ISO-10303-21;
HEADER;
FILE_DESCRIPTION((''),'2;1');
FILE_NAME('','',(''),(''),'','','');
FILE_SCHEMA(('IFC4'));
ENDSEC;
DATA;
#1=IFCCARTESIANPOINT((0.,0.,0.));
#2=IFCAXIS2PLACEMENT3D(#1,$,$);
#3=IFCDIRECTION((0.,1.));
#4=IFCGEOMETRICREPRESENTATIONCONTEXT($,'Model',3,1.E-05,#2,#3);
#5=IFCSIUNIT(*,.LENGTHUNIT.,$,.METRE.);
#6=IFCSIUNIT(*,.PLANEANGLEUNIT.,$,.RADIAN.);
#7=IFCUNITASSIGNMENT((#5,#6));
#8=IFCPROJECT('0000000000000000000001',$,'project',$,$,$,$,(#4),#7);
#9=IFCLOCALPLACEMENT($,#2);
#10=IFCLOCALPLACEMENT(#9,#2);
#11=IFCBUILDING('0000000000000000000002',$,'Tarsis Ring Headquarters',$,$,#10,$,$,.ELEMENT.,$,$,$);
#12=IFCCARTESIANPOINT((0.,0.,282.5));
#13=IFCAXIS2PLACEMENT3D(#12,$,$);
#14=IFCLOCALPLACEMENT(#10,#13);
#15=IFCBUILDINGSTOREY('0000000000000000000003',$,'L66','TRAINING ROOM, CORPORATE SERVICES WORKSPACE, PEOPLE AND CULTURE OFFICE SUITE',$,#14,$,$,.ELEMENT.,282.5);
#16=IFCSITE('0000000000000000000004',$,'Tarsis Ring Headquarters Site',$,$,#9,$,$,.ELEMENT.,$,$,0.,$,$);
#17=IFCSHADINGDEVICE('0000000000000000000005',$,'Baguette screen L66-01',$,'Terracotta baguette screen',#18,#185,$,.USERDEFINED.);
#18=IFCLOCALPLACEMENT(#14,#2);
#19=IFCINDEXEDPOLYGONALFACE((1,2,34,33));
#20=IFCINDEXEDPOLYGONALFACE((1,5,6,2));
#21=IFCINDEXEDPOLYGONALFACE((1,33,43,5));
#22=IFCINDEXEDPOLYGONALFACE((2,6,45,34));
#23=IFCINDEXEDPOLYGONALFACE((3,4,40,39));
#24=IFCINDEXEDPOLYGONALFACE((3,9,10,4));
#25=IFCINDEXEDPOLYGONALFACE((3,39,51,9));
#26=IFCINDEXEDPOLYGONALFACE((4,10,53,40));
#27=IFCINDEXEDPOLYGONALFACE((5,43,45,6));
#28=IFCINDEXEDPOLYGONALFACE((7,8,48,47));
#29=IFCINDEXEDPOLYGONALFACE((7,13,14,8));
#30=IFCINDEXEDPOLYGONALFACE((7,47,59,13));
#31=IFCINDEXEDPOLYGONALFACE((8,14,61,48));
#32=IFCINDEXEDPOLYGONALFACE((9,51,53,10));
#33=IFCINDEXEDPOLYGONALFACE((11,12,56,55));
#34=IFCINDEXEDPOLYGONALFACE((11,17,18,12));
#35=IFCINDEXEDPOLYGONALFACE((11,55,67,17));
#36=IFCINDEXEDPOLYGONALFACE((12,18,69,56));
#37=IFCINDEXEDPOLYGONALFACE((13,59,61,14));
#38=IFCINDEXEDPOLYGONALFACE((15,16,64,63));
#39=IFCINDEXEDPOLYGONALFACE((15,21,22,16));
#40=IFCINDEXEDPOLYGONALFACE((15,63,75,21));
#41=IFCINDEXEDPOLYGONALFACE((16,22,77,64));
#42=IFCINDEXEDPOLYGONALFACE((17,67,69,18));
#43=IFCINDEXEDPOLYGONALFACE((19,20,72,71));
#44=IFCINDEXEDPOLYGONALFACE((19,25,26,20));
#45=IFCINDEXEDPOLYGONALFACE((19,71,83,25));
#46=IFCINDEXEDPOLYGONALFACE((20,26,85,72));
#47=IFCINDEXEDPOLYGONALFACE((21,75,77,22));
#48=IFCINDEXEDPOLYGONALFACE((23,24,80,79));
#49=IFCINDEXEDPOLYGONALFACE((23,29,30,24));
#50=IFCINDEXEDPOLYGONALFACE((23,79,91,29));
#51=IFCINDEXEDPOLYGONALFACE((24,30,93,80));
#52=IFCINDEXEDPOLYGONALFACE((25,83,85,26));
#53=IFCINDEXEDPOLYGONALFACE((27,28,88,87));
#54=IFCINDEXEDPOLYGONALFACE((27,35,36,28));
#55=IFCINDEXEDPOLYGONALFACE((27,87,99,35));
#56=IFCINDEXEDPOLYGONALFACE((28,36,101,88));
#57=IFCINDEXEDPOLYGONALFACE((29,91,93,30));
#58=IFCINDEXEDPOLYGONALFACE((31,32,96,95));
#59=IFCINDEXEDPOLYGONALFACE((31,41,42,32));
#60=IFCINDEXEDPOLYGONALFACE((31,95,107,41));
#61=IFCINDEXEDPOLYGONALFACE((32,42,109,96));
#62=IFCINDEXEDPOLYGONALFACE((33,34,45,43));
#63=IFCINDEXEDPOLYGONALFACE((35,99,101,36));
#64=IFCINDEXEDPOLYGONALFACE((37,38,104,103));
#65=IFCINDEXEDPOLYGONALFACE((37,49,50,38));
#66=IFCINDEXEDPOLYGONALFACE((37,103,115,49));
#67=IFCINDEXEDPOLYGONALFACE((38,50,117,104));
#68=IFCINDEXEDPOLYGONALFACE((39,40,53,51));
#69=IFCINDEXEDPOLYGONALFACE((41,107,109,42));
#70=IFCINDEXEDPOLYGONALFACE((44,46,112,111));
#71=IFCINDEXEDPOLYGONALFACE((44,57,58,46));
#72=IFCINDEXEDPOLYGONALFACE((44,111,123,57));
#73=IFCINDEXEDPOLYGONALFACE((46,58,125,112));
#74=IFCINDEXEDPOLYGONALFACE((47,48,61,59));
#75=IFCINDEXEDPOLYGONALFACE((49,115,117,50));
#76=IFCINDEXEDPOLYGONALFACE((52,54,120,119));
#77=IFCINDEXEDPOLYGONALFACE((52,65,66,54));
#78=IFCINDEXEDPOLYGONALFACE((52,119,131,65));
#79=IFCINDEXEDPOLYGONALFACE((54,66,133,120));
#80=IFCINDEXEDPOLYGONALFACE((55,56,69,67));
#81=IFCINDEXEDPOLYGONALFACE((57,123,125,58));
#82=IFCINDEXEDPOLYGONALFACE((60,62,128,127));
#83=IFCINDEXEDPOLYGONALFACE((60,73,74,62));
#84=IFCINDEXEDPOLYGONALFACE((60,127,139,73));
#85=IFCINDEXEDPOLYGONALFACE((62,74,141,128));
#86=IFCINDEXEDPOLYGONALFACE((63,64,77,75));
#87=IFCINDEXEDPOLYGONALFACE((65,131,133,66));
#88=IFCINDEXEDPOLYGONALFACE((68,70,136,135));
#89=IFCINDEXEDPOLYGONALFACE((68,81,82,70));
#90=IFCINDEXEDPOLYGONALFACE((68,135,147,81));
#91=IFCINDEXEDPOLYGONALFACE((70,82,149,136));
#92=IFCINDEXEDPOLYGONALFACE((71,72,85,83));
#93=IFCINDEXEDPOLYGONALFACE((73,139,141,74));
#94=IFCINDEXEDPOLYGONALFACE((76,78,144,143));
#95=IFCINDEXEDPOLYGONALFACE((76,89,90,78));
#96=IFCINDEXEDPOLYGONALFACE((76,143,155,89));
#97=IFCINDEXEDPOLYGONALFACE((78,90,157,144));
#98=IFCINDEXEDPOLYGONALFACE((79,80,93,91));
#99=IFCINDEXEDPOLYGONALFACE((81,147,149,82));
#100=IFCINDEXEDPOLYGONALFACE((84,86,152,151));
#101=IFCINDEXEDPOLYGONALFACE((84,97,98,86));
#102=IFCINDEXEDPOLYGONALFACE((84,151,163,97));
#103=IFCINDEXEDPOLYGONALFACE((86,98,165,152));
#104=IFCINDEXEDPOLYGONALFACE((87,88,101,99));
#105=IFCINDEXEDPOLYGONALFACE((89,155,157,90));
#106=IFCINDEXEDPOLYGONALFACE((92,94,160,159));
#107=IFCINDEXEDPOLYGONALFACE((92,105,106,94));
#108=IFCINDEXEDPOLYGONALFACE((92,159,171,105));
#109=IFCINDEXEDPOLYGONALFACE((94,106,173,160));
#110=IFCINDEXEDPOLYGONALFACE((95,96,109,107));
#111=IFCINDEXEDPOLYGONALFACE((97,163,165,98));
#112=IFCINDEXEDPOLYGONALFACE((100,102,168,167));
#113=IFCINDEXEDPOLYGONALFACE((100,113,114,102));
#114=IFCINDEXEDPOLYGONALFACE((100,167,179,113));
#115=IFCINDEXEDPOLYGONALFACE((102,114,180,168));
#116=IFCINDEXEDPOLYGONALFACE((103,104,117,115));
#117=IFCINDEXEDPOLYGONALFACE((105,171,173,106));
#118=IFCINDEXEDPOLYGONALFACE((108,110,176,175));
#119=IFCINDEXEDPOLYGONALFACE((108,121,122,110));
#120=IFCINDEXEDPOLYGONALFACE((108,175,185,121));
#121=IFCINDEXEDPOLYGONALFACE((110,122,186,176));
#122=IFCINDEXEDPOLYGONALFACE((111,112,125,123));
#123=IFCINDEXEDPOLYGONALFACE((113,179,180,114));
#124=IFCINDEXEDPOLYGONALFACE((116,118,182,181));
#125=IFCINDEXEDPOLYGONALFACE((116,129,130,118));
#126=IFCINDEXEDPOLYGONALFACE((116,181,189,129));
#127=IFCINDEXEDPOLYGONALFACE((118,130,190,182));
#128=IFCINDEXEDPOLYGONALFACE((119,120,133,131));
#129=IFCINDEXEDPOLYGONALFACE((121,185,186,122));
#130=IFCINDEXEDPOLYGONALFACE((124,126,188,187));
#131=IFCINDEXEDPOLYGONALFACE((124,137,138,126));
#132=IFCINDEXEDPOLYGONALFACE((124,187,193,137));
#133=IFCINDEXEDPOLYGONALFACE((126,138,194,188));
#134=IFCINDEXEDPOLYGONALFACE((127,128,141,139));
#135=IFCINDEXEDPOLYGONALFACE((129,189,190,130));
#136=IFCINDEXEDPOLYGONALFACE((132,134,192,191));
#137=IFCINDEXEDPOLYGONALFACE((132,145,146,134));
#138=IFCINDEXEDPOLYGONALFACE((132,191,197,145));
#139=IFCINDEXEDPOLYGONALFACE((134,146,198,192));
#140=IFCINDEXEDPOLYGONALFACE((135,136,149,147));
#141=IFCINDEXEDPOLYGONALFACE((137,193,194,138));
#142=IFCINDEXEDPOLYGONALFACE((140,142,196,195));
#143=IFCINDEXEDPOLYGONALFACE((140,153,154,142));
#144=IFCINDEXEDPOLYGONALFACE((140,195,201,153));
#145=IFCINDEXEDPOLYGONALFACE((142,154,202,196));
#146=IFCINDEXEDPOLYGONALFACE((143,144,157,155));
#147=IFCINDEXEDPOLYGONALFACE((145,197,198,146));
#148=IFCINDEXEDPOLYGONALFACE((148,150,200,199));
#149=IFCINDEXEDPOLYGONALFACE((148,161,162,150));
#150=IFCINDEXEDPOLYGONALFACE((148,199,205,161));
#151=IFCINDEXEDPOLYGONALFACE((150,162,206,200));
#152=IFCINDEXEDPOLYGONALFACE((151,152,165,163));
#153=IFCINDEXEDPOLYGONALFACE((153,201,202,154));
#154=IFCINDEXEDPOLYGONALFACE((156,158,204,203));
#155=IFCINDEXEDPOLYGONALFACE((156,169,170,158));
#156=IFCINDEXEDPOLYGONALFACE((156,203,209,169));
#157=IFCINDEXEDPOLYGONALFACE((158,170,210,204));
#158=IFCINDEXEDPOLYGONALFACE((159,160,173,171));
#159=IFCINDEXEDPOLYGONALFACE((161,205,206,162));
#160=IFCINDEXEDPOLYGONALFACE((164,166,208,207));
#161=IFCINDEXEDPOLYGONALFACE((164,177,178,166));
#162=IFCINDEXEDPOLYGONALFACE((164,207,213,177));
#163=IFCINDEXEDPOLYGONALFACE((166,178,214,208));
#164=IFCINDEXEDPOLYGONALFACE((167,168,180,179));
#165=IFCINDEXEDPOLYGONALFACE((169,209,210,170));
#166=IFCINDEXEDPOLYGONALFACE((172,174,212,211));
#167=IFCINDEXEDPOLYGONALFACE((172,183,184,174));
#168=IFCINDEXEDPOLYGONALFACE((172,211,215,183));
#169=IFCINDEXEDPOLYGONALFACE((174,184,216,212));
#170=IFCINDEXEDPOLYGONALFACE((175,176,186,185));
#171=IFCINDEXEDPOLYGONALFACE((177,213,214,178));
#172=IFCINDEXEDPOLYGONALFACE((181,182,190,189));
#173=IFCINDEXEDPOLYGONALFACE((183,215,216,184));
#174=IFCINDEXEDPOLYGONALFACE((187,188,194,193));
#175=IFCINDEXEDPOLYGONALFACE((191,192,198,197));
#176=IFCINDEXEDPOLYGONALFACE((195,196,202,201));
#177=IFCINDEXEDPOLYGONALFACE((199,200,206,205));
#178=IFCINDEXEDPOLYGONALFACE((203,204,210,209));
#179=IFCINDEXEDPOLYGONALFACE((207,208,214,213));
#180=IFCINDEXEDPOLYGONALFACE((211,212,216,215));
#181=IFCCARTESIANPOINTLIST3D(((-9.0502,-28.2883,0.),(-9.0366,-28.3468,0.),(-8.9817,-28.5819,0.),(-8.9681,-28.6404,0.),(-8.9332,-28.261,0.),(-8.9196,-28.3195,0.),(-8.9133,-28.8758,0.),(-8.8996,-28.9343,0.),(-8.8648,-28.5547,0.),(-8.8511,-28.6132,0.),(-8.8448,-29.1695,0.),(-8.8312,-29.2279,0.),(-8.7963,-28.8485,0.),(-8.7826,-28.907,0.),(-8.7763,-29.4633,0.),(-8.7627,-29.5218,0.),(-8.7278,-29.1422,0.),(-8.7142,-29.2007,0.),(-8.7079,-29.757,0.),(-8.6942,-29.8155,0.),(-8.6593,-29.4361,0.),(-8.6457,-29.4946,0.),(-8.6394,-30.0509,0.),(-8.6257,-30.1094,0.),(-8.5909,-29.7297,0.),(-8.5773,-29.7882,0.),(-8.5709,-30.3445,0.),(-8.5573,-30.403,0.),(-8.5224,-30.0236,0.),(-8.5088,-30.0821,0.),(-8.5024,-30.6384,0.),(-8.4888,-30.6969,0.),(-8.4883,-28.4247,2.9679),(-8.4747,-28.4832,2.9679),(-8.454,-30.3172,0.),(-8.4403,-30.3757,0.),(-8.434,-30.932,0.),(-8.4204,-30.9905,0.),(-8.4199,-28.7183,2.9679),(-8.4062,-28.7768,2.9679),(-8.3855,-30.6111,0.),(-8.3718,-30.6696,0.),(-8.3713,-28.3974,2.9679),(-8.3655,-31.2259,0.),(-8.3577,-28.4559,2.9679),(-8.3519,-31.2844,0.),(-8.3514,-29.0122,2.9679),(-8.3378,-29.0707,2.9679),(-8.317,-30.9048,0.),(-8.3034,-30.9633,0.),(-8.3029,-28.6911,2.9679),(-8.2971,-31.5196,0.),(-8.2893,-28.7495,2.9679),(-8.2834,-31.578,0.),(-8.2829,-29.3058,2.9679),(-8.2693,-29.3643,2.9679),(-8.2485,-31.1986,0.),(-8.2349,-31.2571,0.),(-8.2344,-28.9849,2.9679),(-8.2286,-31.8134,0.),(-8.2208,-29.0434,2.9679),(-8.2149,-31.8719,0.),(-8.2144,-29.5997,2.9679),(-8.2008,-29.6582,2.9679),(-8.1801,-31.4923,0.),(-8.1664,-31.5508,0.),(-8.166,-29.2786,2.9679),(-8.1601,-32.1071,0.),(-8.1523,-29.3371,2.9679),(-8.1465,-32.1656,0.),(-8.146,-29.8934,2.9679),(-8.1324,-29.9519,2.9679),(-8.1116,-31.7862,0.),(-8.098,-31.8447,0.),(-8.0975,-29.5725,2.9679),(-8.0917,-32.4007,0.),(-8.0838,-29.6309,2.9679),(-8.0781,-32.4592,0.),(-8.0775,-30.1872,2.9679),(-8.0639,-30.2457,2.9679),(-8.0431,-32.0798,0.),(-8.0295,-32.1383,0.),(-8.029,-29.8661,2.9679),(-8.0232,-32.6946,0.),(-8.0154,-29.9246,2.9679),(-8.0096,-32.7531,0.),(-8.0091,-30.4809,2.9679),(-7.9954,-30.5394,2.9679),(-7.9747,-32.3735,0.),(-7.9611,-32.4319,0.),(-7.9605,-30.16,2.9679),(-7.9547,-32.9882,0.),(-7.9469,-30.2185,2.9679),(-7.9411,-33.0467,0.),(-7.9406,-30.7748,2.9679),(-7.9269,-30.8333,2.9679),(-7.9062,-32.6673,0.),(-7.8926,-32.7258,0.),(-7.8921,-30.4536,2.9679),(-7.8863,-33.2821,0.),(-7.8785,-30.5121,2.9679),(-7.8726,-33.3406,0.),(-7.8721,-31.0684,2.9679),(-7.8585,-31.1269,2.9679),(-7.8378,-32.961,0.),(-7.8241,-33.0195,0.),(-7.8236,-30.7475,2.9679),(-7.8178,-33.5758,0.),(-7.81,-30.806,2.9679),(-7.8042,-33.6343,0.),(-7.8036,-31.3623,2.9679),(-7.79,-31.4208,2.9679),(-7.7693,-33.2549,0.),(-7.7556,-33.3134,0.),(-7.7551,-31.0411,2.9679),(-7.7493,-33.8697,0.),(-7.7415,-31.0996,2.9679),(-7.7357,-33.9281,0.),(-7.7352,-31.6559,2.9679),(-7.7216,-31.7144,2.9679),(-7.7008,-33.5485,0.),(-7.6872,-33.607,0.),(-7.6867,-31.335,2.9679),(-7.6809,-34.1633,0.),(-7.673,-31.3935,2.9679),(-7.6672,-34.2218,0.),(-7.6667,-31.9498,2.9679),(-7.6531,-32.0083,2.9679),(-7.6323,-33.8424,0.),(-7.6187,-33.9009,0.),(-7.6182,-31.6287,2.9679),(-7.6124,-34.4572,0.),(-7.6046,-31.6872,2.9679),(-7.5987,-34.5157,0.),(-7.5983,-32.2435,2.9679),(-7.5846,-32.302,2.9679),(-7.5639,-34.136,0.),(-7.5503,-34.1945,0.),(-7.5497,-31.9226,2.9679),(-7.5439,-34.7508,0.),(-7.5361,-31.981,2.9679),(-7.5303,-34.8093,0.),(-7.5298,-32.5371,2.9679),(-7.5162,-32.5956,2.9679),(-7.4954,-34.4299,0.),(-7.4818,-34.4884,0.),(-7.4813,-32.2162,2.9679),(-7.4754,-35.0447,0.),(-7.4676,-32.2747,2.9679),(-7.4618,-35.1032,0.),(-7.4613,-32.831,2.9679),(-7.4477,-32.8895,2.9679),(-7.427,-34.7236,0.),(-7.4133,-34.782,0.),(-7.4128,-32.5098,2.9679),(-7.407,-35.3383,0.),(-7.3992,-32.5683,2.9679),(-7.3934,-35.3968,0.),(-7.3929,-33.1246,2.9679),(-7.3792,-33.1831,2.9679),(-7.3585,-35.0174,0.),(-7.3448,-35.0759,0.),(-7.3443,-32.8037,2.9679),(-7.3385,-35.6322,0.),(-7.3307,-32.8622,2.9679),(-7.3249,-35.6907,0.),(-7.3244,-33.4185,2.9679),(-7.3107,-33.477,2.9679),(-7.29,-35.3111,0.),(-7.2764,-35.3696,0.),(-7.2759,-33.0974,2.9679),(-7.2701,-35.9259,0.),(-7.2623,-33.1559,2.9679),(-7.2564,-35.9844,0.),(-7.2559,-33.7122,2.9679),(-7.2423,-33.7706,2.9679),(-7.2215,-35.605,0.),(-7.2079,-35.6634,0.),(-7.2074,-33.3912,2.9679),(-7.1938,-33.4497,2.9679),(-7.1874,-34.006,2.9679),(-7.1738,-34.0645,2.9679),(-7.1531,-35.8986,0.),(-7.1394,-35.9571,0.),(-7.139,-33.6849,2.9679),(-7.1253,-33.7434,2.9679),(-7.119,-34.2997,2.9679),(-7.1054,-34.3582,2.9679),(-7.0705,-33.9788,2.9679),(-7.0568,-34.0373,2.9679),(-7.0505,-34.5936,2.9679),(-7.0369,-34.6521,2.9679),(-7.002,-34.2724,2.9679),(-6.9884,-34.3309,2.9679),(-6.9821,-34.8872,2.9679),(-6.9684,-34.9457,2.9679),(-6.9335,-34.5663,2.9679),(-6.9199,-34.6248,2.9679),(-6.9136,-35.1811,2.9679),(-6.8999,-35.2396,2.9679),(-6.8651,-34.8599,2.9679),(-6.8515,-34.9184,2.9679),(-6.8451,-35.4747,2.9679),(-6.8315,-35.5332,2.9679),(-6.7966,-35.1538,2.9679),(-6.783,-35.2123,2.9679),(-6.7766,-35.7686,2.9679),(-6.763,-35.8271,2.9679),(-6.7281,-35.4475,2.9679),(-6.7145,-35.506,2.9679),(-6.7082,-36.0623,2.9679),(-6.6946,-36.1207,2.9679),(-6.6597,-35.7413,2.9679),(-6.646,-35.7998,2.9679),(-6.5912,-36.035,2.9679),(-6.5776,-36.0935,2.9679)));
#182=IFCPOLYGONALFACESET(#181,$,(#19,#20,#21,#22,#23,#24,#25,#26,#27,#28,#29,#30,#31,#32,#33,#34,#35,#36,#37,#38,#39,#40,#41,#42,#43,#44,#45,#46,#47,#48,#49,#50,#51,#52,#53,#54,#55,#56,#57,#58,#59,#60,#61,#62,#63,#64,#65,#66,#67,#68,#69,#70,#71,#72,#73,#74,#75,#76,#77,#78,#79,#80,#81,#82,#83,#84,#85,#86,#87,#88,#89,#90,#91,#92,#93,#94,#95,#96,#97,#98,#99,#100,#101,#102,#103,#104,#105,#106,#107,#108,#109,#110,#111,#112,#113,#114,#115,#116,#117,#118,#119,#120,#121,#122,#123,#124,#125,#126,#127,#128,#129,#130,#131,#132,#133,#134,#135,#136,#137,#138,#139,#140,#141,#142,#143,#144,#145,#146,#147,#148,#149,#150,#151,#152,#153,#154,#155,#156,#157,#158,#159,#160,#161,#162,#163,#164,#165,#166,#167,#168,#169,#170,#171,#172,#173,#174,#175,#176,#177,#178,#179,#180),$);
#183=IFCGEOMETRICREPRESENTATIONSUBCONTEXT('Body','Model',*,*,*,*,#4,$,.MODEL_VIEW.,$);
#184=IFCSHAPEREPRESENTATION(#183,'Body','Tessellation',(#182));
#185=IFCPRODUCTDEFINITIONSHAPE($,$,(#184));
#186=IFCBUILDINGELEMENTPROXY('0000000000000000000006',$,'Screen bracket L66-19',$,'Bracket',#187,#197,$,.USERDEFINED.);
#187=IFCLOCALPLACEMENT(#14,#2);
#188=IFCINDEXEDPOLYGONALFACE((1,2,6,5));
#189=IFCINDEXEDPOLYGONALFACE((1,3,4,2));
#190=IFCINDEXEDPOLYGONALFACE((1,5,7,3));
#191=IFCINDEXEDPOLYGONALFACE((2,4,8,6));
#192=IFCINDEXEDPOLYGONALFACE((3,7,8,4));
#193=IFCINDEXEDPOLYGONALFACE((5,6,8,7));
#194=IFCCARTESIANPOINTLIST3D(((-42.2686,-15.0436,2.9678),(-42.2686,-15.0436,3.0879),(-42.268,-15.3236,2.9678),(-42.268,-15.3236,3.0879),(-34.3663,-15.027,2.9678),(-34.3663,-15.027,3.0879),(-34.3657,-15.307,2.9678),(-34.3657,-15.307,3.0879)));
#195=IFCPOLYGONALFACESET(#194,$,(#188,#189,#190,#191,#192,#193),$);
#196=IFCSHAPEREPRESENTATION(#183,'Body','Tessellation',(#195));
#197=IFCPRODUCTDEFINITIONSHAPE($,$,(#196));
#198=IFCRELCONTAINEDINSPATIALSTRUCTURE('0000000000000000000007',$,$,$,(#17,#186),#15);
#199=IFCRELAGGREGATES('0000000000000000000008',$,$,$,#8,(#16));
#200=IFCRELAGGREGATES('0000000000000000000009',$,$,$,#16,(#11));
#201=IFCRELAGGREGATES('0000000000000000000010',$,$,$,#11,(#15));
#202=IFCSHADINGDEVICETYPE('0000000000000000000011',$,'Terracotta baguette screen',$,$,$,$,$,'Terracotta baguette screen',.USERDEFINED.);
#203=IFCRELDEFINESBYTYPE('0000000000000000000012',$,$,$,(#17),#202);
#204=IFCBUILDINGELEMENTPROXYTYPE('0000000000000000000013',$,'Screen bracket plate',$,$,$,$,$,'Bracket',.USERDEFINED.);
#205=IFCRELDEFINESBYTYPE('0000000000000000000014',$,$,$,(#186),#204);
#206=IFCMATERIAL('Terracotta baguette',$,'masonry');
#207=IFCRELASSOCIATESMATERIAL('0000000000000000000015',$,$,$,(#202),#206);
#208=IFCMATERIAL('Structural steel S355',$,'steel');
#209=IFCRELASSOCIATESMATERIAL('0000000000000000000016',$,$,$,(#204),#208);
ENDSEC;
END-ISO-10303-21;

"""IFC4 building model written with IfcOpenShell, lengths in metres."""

from ifc_helpers import new_model, si_unit, direction, frame, frame_2d, origin, origin_2d, place, context, subcontext, project, spatial, rectangle, composite_profile, extrude, material, type_object, element, save


model = new_model("IFC4")

# Units and contexts
model_context = context("Model", 3, precision=1e-05, world=origin(), true_north=direction((0.0, 1.0)))
body_context = subcontext(model_context, "Body", "Model", "MODEL_VIEW")
ifc_project = project(units=[si_unit("LENGTHUNIT", "METRE"), si_unit("PLANEANGLEUNIT", "RADIAN")], contexts=[model_context])

# Site, building, storey
site_placement = place(None, origin())
site = spatial("IfcSite", under=ifc_project, at=site_placement, Name="Tarsis Ring Headquarters Site", CompositionType="ELEMENT", RefElevation=0.0)
building_placement = place(site_placement, origin())
building = spatial("IfcBuilding", under=site, at=building_placement, Name="Tarsis Ring Headquarters", CompositionType="ELEMENT")
storey_placement = place(building_placement, frame((0.0, 0.0, 282.5)))
storey = spatial("IfcBuildingStorey", under=building, at=storey_placement, Name="L66", Description="TRAINING ROOM, CORPORATE SERVICES WORKSPACE, PEOPLE AND CULTURE OFFICE SUITE", CompositionType="ELEMENT", Elevation=282.5)

# Shared definitions
ifc_material_1 = material(Name="Structural steel S355", Category="steel")

# Shading device
ifc_material_2 = material(Name="Terracotta baguette", Category="masonry")
shading_device_type = type_object("IfcShadingDeviceType", Name="Terracotta baguette screen", ElementType="Terracotta baguette screen", PredefinedType="USERDEFINED", material=ifc_material_2)
shading_device_1_placement = place(storey_placement, frame((-8.9917, -28.2747, 0.0), z_axis=(0.0, 0.0, 1.0), x_axis=(0.22699, -0.973893, 0.0)))
element("IfcShadingDevice", 1, at=shading_device_1_placement, inside=storey, type_object=shading_device_type, Name="Baguette screen L66-01", ObjectType="Terracotta baguette screen", PredefinedType="USERDEFINED", context=body_context, shape_type="SweptSolid", body=[
    extrude(composite_profile([rectangle(XDim=0.0601, YDim=0.1201, at=frame_2d((0.03, 0.0))), rectangle(XDim=0.0601, YDim=0.1201, at=frame_2d((0.3315, 0.0))), rectangle(XDim=0.0601, YDim=0.1201, at=frame_2d((0.6333, 0.0))), rectangle(XDim=0.0601, YDim=0.1201, at=frame_2d((0.9348, 0.0))), rectangle(XDim=0.0601, YDim=0.1201, at=frame_2d((1.2366, 0.0))), rectangle(XDim=0.0601, YDim=0.1201, at=frame_2d((1.5381, 0.0))), rectangle(XDim=0.0601, YDim=0.1201, at=frame_2d((1.8398, 0.0))), rectangle(XDim=0.0601, YDim=0.1201, at=frame_2d((2.1414, 0.0))), rectangle(XDim=0.0601, YDim=0.1201, at=frame_2d((2.4431, 0.0))), rectangle(XDim=0.0601, YDim=0.1201, at=frame_2d((2.7446, 0.0))), rectangle(XDim=0.0601, YDim=0.1201, at=frame_2d((3.0464, 0.0))), rectangle(XDim=0.0601, YDim=0.1201, at=frame_2d((3.3479, 0.0))), rectangle(XDim=0.0601, YDim=0.1201, at=frame_2d((3.6497, 0.0))), rectangle(XDim=0.0601, YDim=0.1201, at=frame_2d((3.9512, 0.0))), rectangle(XDim=0.0601, YDim=0.1201, at=frame_2d((4.2527, 0.0))), rectangle(XDim=0.0601, YDim=0.1201, at=frame_2d((4.5544, 0.0))), rectangle(XDim=0.0601, YDim=0.1201, at=frame_2d((4.856, 0.0))), rectangle(XDim=0.0601, YDim=0.1201, at=frame_2d((5.1577, 0.0))), rectangle(XDim=0.0601, YDim=0.1201, at=frame_2d((5.4592, 0.0))), rectangle(XDim=0.0601, YDim=0.1201, at=frame_2d((5.761, 0.0))), rectangle(XDim=0.0601, YDim=0.1201, at=frame_2d((6.0625, 0.0))), rectangle(XDim=0.0601, YDim=0.1201, at=frame_2d((6.3643, 0.0))), rectangle(XDim=0.0601, YDim=0.1201, at=frame_2d((6.6658, 0.0))), rectangle(XDim=0.0601, YDim=0.1201, at=frame_2d((6.9675, 0.0))), rectangle(XDim=0.0601, YDim=0.1201, at=frame_2d((7.269, 0.0))), rectangle(XDim=0.0601, YDim=0.1201, at=frame_2d((7.5708, 0.0))), rectangle(XDim=0.0601, YDim=0.1201, at=frame_2d((7.8723, 0.0)))]), origin(), (0.086108, 0.170733, 0.981547), 3.0237),
])

# Building element proxy
building_element_proxy_type = type_object("IfcBuildingElementProxyType", Name="Screen bracket plate", ElementType="Bracket", PredefinedType="USERDEFINED", material=ifc_material_1)
proxy_placement = place(storey_placement, frame((-38.3171, -15.1753, 2.9678), z_axis=(0.0, 0.0, 1.0), x_axis=(0.999998, 0.002094, 0.0)))
element("IfcBuildingElementProxy", 2, at=proxy_placement, inside=storey, type_object=building_element_proxy_type, Name="Screen bracket L66-19", ObjectType="Bracket", PredefinedType="USERDEFINED", context=body_context, shape_type="SweptSolid", body=[
    extrude(rectangle(XDim=7.9023, YDim=0.28, at=origin_2d()), origin(), (0.0, 0.0, 1.0), 0.1201),
])

save(model, "model.ifc")
